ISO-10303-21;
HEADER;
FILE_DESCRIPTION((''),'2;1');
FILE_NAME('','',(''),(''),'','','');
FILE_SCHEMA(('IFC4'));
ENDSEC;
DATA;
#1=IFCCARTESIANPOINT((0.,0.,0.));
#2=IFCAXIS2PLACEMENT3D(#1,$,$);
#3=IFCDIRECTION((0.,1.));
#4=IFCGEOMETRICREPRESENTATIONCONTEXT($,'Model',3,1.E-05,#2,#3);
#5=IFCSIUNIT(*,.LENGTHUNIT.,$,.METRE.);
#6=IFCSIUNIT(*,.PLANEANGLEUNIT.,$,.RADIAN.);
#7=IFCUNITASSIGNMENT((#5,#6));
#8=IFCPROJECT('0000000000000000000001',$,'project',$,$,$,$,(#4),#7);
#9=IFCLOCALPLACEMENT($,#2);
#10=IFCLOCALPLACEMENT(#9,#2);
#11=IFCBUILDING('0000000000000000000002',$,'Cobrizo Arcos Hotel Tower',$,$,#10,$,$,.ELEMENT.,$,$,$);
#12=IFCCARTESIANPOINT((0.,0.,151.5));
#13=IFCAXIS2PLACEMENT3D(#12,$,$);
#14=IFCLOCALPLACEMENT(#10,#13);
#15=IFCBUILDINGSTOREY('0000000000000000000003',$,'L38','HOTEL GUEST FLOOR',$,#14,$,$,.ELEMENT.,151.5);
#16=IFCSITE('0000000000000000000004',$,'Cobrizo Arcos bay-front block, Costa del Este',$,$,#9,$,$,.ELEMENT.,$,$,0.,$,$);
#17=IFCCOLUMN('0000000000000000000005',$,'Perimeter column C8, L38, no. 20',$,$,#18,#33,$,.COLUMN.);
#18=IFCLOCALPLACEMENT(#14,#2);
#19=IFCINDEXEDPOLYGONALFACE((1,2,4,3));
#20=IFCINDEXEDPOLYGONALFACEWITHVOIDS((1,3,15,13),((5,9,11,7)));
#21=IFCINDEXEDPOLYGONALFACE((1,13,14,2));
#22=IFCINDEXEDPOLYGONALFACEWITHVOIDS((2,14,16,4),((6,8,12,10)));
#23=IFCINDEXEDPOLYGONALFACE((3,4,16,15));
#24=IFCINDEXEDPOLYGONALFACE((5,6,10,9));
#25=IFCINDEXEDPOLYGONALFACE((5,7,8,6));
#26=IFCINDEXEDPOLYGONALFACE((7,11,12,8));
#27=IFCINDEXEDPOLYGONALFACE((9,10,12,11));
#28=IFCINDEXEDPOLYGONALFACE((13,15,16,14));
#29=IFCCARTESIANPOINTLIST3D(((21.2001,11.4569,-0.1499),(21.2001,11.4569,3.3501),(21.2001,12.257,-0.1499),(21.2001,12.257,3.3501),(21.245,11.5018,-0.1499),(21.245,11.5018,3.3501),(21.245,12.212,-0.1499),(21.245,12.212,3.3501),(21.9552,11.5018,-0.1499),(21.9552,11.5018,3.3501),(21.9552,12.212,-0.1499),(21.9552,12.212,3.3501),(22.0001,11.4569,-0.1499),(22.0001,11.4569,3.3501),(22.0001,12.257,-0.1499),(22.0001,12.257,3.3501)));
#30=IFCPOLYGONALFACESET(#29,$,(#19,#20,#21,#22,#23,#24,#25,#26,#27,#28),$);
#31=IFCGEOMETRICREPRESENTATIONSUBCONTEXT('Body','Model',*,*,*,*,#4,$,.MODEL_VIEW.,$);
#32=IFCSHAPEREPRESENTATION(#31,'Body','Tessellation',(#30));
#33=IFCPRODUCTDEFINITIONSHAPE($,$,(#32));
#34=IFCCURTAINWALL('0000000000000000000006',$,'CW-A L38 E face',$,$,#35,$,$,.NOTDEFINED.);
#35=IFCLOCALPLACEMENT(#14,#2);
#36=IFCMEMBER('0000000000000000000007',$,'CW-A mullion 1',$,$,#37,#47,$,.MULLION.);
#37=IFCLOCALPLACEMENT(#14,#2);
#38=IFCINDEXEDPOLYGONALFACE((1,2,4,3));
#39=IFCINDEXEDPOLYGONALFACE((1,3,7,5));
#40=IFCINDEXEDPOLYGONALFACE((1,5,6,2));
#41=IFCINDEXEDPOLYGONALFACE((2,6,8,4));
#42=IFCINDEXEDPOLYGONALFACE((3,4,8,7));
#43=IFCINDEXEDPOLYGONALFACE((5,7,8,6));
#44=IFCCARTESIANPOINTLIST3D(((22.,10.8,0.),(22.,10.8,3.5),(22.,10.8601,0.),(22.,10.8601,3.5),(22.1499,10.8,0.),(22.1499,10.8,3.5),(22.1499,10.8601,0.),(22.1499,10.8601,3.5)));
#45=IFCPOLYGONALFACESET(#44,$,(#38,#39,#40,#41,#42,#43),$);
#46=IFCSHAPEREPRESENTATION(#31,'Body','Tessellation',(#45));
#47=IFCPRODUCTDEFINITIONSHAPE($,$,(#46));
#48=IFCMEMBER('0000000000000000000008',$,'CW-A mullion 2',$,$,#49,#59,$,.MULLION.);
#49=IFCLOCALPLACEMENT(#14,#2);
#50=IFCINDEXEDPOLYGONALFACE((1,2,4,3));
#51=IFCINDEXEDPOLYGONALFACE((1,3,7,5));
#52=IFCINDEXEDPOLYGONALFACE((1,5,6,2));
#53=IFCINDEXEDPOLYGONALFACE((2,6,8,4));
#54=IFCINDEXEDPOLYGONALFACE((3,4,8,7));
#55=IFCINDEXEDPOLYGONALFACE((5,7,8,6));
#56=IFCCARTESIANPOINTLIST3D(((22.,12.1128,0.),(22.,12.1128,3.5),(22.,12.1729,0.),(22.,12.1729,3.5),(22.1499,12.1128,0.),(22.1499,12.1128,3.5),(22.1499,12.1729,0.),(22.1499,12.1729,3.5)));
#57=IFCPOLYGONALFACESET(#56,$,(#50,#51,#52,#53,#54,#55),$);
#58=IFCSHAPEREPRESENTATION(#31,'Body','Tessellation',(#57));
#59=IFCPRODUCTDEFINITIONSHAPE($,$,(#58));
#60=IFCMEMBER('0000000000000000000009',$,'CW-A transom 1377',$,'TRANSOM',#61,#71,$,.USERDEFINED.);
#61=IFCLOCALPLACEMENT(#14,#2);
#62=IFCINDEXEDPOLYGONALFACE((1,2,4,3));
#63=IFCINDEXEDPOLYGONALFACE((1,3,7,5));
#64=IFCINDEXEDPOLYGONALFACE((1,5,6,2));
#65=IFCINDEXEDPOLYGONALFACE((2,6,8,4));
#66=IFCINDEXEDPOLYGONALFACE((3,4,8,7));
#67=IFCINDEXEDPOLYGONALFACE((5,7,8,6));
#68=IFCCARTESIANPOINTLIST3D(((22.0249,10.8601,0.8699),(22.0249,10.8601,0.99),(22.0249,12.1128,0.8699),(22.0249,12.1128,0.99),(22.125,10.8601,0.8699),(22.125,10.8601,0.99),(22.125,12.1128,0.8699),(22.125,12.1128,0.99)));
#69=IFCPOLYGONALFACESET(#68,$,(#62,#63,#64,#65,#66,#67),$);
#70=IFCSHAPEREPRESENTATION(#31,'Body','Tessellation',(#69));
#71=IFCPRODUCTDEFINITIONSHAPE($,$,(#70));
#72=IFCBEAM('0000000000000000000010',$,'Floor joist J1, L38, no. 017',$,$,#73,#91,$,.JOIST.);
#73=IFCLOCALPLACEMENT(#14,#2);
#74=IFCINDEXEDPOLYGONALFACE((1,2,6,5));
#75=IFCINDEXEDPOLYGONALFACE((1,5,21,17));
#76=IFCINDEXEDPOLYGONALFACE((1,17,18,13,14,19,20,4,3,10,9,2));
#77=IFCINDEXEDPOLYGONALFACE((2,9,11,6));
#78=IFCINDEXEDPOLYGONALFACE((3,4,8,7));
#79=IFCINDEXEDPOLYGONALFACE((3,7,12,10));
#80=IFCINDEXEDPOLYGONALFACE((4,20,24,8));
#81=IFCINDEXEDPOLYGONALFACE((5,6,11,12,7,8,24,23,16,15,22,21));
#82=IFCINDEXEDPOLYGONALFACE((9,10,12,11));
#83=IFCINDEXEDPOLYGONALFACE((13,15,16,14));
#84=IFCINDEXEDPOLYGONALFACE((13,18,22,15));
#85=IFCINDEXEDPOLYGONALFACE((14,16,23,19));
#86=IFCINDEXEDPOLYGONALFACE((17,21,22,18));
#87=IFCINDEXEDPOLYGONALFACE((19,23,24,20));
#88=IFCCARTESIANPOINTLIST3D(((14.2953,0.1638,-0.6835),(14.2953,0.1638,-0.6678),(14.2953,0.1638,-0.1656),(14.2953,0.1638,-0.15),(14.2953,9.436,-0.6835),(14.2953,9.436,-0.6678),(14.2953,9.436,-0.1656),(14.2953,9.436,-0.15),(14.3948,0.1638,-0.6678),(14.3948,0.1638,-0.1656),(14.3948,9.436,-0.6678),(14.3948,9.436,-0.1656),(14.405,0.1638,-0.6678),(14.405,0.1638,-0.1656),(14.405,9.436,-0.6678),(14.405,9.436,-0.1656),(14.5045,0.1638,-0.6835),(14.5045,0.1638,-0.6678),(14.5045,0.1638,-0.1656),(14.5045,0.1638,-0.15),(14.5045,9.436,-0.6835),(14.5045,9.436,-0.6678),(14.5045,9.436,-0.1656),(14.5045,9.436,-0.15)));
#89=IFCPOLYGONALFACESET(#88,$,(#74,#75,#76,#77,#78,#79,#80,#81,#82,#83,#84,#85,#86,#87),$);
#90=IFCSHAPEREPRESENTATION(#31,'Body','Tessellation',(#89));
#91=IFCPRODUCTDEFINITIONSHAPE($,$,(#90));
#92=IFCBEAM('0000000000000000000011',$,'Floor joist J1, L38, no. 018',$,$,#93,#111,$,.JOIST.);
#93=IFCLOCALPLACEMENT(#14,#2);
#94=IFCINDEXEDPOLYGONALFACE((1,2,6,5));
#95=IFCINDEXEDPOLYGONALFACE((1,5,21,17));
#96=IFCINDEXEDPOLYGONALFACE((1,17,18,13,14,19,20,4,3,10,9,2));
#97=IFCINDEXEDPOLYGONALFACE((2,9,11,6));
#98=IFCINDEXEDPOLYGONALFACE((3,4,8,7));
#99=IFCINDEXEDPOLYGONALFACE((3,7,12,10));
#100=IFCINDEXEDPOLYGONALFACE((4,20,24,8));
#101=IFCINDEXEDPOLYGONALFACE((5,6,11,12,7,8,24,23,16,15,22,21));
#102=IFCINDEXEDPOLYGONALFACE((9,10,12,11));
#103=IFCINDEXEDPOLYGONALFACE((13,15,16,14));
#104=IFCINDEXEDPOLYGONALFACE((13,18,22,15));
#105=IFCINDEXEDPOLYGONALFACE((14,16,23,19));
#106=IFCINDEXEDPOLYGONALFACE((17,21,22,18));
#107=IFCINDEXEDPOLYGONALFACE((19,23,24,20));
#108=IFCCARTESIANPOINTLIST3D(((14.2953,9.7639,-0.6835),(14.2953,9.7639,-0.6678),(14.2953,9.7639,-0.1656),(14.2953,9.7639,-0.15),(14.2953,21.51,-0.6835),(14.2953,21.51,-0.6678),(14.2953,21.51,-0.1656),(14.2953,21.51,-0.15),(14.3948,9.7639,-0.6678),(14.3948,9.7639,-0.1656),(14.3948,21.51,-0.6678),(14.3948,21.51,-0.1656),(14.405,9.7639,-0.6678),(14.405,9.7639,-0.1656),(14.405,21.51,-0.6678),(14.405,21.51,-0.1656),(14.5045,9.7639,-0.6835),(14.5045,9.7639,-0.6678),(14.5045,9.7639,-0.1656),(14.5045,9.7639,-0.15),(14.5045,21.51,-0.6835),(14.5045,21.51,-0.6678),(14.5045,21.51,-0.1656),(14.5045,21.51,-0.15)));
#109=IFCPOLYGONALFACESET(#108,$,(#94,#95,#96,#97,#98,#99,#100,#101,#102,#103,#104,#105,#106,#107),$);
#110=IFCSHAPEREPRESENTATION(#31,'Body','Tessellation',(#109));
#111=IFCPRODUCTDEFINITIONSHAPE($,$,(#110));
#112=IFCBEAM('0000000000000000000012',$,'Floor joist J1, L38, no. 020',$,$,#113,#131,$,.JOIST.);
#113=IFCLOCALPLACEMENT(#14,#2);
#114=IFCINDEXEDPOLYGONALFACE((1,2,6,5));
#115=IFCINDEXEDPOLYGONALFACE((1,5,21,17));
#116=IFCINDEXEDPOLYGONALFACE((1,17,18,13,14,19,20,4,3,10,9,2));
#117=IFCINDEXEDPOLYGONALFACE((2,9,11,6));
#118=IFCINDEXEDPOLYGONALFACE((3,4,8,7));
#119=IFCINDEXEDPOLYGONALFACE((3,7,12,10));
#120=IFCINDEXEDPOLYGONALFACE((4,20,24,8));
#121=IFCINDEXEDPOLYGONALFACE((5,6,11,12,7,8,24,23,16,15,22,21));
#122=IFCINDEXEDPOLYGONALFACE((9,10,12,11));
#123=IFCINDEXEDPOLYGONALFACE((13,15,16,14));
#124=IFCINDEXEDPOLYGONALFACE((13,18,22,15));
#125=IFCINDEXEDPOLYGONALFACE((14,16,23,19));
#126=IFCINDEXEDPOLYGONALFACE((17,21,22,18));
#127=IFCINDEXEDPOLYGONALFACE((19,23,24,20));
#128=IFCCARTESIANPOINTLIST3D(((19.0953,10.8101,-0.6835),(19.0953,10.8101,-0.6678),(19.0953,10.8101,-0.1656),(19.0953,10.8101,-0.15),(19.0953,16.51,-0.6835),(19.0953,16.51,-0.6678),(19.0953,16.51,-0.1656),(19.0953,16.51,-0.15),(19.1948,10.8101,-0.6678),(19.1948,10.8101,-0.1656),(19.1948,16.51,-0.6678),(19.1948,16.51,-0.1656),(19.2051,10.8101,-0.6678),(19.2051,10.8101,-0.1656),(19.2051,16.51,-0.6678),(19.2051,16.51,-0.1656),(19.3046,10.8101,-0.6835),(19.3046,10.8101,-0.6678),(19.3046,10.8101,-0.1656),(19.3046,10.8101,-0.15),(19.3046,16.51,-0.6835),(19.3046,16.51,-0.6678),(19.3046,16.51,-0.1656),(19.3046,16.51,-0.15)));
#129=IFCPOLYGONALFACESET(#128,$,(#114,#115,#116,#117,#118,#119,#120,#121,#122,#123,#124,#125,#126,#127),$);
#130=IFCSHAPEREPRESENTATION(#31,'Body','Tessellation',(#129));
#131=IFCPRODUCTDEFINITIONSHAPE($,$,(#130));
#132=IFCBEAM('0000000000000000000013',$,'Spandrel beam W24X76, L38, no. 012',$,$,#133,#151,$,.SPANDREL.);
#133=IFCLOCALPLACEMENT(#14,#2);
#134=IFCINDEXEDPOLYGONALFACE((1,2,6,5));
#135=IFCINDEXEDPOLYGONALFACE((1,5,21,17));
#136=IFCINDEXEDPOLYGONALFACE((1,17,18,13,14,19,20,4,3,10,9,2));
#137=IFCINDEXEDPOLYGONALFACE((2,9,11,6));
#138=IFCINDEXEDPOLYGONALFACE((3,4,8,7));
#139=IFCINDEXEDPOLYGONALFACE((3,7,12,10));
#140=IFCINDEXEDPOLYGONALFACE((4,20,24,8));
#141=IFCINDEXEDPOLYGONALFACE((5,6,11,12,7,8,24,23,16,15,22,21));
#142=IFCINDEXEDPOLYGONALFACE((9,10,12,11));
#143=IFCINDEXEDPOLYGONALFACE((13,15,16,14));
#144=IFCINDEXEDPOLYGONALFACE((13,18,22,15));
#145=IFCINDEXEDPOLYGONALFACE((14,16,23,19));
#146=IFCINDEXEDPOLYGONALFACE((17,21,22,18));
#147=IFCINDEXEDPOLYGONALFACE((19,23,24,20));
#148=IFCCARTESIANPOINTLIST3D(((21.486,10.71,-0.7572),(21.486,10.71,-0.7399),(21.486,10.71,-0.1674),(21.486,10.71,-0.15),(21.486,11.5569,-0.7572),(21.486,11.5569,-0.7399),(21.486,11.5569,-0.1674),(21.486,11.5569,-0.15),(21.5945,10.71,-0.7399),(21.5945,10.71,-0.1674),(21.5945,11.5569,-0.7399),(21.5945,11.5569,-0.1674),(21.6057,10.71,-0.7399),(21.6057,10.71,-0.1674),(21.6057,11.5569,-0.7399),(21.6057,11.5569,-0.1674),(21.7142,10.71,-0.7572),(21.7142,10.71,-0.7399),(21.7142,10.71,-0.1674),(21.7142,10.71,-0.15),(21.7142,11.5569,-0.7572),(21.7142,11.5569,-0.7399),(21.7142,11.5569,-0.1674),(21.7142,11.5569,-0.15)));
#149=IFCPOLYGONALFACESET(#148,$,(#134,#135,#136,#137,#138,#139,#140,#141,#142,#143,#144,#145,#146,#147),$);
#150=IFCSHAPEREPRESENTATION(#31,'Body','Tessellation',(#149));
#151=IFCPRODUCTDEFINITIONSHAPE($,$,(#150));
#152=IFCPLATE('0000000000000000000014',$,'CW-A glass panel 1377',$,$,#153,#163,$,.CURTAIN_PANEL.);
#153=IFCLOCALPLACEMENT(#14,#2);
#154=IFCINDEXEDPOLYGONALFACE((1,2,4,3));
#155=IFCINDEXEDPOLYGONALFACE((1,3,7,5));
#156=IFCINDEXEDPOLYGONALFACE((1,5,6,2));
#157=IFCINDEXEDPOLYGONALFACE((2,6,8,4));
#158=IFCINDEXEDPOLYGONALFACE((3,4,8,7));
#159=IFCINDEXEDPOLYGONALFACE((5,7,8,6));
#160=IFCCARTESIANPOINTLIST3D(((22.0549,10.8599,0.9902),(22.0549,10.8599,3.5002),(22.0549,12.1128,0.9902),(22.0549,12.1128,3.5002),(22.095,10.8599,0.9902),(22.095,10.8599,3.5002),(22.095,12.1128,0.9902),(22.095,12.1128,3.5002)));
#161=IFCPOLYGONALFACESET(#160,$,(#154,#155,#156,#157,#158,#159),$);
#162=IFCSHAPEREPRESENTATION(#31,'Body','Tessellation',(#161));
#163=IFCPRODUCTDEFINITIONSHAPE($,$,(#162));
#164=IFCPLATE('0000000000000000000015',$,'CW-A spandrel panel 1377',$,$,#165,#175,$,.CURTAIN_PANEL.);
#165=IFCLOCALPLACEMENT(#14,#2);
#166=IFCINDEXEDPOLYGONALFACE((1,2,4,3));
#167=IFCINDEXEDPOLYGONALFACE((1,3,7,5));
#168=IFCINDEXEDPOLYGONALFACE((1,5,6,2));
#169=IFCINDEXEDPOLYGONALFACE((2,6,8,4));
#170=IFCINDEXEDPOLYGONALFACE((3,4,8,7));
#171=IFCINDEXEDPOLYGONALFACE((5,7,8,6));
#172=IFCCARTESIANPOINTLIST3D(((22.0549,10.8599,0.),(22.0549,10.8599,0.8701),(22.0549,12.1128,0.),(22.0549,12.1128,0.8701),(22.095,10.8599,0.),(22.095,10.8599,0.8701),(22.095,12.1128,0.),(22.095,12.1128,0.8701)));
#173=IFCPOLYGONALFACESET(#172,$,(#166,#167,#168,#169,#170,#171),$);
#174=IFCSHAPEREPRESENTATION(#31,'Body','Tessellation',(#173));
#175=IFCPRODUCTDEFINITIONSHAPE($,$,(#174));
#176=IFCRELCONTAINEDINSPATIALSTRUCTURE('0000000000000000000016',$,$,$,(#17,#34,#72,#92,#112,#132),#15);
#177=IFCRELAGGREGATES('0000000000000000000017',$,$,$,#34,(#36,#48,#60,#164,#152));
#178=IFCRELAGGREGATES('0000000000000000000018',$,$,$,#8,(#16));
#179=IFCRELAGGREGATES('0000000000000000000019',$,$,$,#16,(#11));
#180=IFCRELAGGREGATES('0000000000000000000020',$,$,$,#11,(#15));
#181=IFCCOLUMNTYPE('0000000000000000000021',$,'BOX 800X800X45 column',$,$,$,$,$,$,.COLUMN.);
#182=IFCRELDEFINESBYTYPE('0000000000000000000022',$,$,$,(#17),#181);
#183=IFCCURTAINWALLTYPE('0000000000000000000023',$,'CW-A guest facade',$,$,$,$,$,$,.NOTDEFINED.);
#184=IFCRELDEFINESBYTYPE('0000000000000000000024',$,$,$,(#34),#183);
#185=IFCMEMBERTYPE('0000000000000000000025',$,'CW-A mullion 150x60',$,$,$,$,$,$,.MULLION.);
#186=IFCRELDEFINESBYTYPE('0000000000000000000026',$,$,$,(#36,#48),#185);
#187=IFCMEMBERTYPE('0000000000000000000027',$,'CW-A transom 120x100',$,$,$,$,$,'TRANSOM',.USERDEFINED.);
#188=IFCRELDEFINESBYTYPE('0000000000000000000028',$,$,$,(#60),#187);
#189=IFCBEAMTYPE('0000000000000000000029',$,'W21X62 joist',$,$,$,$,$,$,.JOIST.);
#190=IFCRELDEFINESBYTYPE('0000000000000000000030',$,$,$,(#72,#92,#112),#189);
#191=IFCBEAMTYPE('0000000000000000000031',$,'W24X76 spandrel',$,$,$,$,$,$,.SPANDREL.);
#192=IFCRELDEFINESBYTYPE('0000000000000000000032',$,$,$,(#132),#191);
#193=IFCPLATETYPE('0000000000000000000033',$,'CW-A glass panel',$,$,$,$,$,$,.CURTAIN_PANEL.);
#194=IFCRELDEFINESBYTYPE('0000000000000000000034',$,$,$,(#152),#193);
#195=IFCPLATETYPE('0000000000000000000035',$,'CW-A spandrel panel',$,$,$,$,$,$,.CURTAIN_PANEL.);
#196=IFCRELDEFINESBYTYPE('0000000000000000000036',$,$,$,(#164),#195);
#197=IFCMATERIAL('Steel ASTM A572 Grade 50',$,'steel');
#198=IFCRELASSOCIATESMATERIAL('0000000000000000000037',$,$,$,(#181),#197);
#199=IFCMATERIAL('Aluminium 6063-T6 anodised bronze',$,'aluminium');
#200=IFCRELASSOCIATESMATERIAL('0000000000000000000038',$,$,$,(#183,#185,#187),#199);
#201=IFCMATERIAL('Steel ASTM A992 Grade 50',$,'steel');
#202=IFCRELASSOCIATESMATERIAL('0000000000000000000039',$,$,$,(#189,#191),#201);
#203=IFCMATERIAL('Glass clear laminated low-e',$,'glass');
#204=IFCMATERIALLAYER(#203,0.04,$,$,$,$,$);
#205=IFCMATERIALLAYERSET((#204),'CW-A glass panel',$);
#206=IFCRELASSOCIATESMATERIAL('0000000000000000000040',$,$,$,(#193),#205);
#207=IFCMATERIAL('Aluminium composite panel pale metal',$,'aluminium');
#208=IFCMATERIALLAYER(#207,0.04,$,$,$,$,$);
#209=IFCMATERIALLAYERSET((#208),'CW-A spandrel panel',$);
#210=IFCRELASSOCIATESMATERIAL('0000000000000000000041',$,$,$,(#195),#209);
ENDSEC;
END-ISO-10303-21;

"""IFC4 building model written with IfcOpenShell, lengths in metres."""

from ifc_helpers import new_model, si_unit, direction, frame, origin, origin_2d, place, context, subcontext, project, spatial, rectangle, hollow_rectangle, i_section, extrude, material, layer, layer_set, material_profile, profile_set, type_object, element, aggregate, save


model = new_model("IFC4")

# Units and contexts
model_context = context("Model", 3, precision=1e-05, world=origin(), true_north=direction((0.0, 1.0)))
body_context = subcontext(model_context, "Body", "Model", "MODEL_VIEW")
ifc_project = project(units=[si_unit("LENGTHUNIT", "METRE"), si_unit("PLANEANGLEUNIT", "RADIAN")], contexts=[model_context])

# Site, building, storey
site_placement = place(None, origin())
site = spatial("IfcSite", under=ifc_project, at=site_placement, Name="Cobrizo Arcos bay-front block, Costa del Este", CompositionType="ELEMENT", RefElevation=0.0)
building_placement = place(site_placement, origin())
building = spatial("IfcBuilding", under=site, at=building_placement, Name="Cobrizo Arcos Hotel Tower", CompositionType="ELEMENT")
storey_placement = place(building_placement, frame((0.0, 0.0, 151.5)))
storey = spatial("IfcBuildingStorey", under=building, at=storey_placement, Name="L38", Description="HOTEL GUEST FLOOR", CompositionType="ELEMENT", Elevation=151.5)

# Column
ifc_material_1 = material(Name="Steel ASTM A572 Grade 50", Category="steel")
ifc_material_profile_1 = material_profile(ifc_material_1, hollow_rectangle(XDim=0.8, YDim=0.8, WallThickness=0.0449, at=origin_2d()), Name="BOX 800X800X45")
ifc_profile_set_1 = profile_set([ifc_material_profile_1], Name="Steel ASTM A572 Grade 50")
column_type = type_object("IfcColumnType", Name="BOX 800X800X45 column", PredefinedType="COLUMN", material=ifc_profile_set_1)
column_placement = place(storey_placement, frame((21.6001, 11.8569, -0.1499), z_axis=(0.0, 0.0, 1.0), x_axis=(1.0, 0.0, 0.0)))
element("IfcColumn", 1, at=column_placement, inside=storey, type_object=column_type, Name="Perimeter column C8, L38, no. 20", PredefinedType="COLUMN", context=body_context, shape_type="SweptSolid", body=[
    extrude(hollow_rectangle(XDim=0.8, YDim=0.8, WallThickness=0.0449, at=origin_2d()), origin(), (0.0, 0.0, 1.0), 3.5),
])

# Curtain wall, members
ifc_material_2 = material(Name="Aluminium 6063-T6 anodised bronze", Category="aluminium")
curtain_wall_type = type_object("IfcCurtainWallType", Name="CW-A guest facade", PredefinedType="NOTDEFINED", material=ifc_material_2)
curtain_wall_placement = place(storey_placement, origin())
curtain_wall = element("IfcCurtainWall", 2, at=curtain_wall_placement, inside=storey, type_object=curtain_wall_type, Name="CW-A L38 E face", PredefinedType="NOTDEFINED")
ifc_material_profile_2 = material_profile(ifc_material_2, rectangle(XDim=0.1499, YDim=0.0601, at=origin_2d()), Name="CW-A mullion 150x60")
ifc_profile_set_2 = profile_set([ifc_material_profile_2], Name="Aluminium 6063-T6 anodised bronze")
member_type_1 = type_object("IfcMemberType", Name="CW-A mullion 150x60", PredefinedType="MULLION", material=ifc_profile_set_2)
member_1_placement = place(storey_placement, frame((22.075, 10.8301, 0.0), z_axis=(0.0, 0.0, 1.0), x_axis=(1.0, 0.0, 0.0)))
member_1 = element("IfcMember", 3, at=member_1_placement, type_object=member_type_1, Name="CW-A mullion 1", PredefinedType="MULLION", context=body_context, shape_type="SweptSolid", body=[
    extrude(rectangle(XDim=0.1499, YDim=0.0601, at=origin_2d()), origin(), (0.0, 0.0, 1.0), 3.5),
])
member_2_placement = place(storey_placement, frame((22.075, 12.1428, 0.0), z_axis=(0.0, 0.0, 1.0), x_axis=(1.0, 0.0, 0.0)))
member_2 = element("IfcMember", 4, at=member_2_placement, type_object=member_type_1, Name="CW-A mullion 2", PredefinedType="MULLION", context=body_context, shape_type="SweptSolid", body=[
    extrude(rectangle(XDim=0.1499, YDim=0.0601, at=origin_2d()), origin(), (0.0, 0.0, 1.0), 3.5),
])
ifc_material_profile_3 = material_profile(ifc_material_2, rectangle(XDim=0.1001, YDim=0.1201, at=origin_2d()), Name="CW-A transom 120x100")
ifc_profile_set_3 = profile_set([ifc_material_profile_3], Name="Aluminium 6063-T6 anodised bronze")
member_type_2 = type_object("IfcMemberType", Name="CW-A transom 120x100", ElementType="TRANSOM", PredefinedType="USERDEFINED", material=ifc_profile_set_3)
member_3_placement = place(storey_placement, frame((22.075, 10.8601, 0.9299), z_axis=(0.0, 1.0, 0.0), x_axis=(-1.0, 0.0, 0.0)))
member_3 = element("IfcMember", 5, at=member_3_placement, type_object=member_type_2, Name="CW-A transom 1377", ObjectType="TRANSOM", PredefinedType="USERDEFINED", context=body_context, shape_type="SweptSolid", body=[
    extrude(rectangle(XDim=0.1001, YDim=0.1201, at=origin_2d()), origin(), (0.0, 0.0, 1.0), 1.2527),
])

# Beams
ifc_material_3 = material(Name="Steel ASTM A992 Grade 50", Category="steel")
ifc_material_profile_4 = material_profile(ifc_material_3, i_section(OverallWidth=0.2092, OverallDepth=0.5334, WebThickness=0.0103, FlangeThickness=0.0156, at=origin_2d()), Name="W21X62")
ifc_profile_set_4 = profile_set([ifc_material_profile_4], Name="Steel ASTM A992 Grade 50")
beam_type_1 = type_object("IfcBeamType", Name="W21X62 joist", PredefinedType="JOIST", material=ifc_profile_set_4)
beam_1_placement = place(storey_placement, frame((14.3999, 0.1638, -0.4167), z_axis=(0.0, 1.0, 0.0), x_axis=(-1.0, 0.0, 0.0)))
element("IfcBeam", 6, at=beam_1_placement, inside=storey, type_object=beam_type_1, Name="Floor joist J1, L38, no. 017", PredefinedType="JOIST", context=body_context, shape_type="SweptSolid", body=[
    extrude(i_section(OverallWidth=0.2092, OverallDepth=0.5334, WebThickness=0.0103, FlangeThickness=0.0156, at=origin_2d()), origin(), (0.0, 0.0, 1.0), 9.2722),
])
beam_2_placement = place(storey_placement, frame((14.3999, 9.7639, -0.4167), z_axis=(0.0, 1.0, 0.0), x_axis=(-1.0, 0.0, 0.0)))
element("IfcBeam", 7, at=beam_2_placement, inside=storey, type_object=beam_type_1, Name="Floor joist J1, L38, no. 018", PredefinedType="JOIST", context=body_context, shape_type="SweptSolid", body=[
    extrude(i_section(OverallWidth=0.2092, OverallDepth=0.5334, WebThickness=0.0103, FlangeThickness=0.0156, at=origin_2d()), origin(), (0.0, 0.0, 1.0), 11.7461),
])
beam_3_placement = place(storey_placement, frame((19.2, 10.8101, -0.4167), z_axis=(0.0, 1.0, 0.0), x_axis=(-1.0, 0.0, 0.0)))
element("IfcBeam", 8, at=beam_3_placement, inside=storey, type_object=beam_type_1, Name="Floor joist J1, L38, no. 020", PredefinedType="JOIST", context=body_context, shape_type="SweptSolid", body=[
    extrude(i_section(OverallWidth=0.2092, OverallDepth=0.5334, WebThickness=0.0103, FlangeThickness=0.0156, at=origin_2d()), origin(), (0.0, 0.0, 1.0), 5.7),
])
ifc_material_profile_5 = material_profile(ifc_material_3, i_section(OverallWidth=0.2283, OverallDepth=0.6072, WebThickness=0.0112, FlangeThickness=0.0173, at=origin_2d()), Name="W24X76")
ifc_profile_set_5 = profile_set([ifc_material_profile_5], Name="Steel ASTM A992 Grade 50")
beam_type_2 = type_object("IfcBeamType", Name="W24X76 spandrel", PredefinedType="SPANDREL", material=ifc_profile_set_5)
beam_4_placement = place(storey_placement, frame((21.6001, 10.71, -0.4536), z_axis=(0.0, 1.0, 0.0), x_axis=(-1.0, 0.0, 0.0)))
element("IfcBeam", 9, at=beam_4_placement, inside=storey, type_object=beam_type_2, Name="Spandrel beam W24X76, L38, no. 012", PredefinedType="SPANDREL", context=body_context, shape_type="SweptSolid", body=[
    extrude(i_section(OverallWidth=0.2283, OverallDepth=0.6072, WebThickness=0.0112, FlangeThickness=0.0173, at=origin_2d()), origin(), (0.0, 0.0, 1.0), 0.8469),
])

# Plates
ifc_material_4 = material(Name="Glass clear laminated low-e", Category="glass")
ifc_layer_1 = layer(ifc_material_4, 0.04)
ifc_layer_set_1 = layer_set([ifc_layer_1], Name="CW-A glass panel")
plate_type_1 = type_object("IfcPlateType", Name="CW-A glass panel", PredefinedType="CURTAIN_PANEL", material=ifc_layer_set_1)
plate_1_placement = place(storey_placement, frame((22.075, 11.4863, 0.9902), z_axis=(0.0, 0.0, 1.0), x_axis=(0.0, 1.0, 0.0)))
plate_1 = element("IfcPlate", 10, at=plate_1_placement, type_object=plate_type_1, Name="CW-A glass panel 1377", PredefinedType="CURTAIN_PANEL", context=body_context, shape_type="SweptSolid", body=[
    extrude(rectangle(XDim=1.2529, YDim=0.04, at=origin_2d()), origin(), (0.0, 0.0, 1.0), 2.51),
])
ifc_material_5 = material(Name="Aluminium composite panel pale metal", Category="aluminium")
ifc_layer_2 = layer(ifc_material_5, 0.04)
ifc_layer_set_2 = layer_set([ifc_layer_2], Name="CW-A spandrel panel")
plate_type_2 = type_object("IfcPlateType", Name="CW-A spandrel panel", PredefinedType="CURTAIN_PANEL", material=ifc_layer_set_2)
plate_2_placement = place(storey_placement, frame((22.075, 11.4863, 0.0), z_axis=(0.0, 0.0, 1.0), x_axis=(0.0, 1.0, 0.0)))
plate_2 = element("IfcPlate", 11, at=plate_2_placement, type_object=plate_type_2, Name="CW-A spandrel panel 1377", PredefinedType="CURTAIN_PANEL", context=body_context, shape_type="SweptSolid", body=[
    extrude(rectangle(XDim=1.2529, YDim=0.04, at=origin_2d()), origin(), (0.0, 0.0, 1.0), 0.8701),
])
aggregate(curtain_wall, [member_1, member_2, member_3, plate_2, plate_1])

save(model, "model.ifc")
